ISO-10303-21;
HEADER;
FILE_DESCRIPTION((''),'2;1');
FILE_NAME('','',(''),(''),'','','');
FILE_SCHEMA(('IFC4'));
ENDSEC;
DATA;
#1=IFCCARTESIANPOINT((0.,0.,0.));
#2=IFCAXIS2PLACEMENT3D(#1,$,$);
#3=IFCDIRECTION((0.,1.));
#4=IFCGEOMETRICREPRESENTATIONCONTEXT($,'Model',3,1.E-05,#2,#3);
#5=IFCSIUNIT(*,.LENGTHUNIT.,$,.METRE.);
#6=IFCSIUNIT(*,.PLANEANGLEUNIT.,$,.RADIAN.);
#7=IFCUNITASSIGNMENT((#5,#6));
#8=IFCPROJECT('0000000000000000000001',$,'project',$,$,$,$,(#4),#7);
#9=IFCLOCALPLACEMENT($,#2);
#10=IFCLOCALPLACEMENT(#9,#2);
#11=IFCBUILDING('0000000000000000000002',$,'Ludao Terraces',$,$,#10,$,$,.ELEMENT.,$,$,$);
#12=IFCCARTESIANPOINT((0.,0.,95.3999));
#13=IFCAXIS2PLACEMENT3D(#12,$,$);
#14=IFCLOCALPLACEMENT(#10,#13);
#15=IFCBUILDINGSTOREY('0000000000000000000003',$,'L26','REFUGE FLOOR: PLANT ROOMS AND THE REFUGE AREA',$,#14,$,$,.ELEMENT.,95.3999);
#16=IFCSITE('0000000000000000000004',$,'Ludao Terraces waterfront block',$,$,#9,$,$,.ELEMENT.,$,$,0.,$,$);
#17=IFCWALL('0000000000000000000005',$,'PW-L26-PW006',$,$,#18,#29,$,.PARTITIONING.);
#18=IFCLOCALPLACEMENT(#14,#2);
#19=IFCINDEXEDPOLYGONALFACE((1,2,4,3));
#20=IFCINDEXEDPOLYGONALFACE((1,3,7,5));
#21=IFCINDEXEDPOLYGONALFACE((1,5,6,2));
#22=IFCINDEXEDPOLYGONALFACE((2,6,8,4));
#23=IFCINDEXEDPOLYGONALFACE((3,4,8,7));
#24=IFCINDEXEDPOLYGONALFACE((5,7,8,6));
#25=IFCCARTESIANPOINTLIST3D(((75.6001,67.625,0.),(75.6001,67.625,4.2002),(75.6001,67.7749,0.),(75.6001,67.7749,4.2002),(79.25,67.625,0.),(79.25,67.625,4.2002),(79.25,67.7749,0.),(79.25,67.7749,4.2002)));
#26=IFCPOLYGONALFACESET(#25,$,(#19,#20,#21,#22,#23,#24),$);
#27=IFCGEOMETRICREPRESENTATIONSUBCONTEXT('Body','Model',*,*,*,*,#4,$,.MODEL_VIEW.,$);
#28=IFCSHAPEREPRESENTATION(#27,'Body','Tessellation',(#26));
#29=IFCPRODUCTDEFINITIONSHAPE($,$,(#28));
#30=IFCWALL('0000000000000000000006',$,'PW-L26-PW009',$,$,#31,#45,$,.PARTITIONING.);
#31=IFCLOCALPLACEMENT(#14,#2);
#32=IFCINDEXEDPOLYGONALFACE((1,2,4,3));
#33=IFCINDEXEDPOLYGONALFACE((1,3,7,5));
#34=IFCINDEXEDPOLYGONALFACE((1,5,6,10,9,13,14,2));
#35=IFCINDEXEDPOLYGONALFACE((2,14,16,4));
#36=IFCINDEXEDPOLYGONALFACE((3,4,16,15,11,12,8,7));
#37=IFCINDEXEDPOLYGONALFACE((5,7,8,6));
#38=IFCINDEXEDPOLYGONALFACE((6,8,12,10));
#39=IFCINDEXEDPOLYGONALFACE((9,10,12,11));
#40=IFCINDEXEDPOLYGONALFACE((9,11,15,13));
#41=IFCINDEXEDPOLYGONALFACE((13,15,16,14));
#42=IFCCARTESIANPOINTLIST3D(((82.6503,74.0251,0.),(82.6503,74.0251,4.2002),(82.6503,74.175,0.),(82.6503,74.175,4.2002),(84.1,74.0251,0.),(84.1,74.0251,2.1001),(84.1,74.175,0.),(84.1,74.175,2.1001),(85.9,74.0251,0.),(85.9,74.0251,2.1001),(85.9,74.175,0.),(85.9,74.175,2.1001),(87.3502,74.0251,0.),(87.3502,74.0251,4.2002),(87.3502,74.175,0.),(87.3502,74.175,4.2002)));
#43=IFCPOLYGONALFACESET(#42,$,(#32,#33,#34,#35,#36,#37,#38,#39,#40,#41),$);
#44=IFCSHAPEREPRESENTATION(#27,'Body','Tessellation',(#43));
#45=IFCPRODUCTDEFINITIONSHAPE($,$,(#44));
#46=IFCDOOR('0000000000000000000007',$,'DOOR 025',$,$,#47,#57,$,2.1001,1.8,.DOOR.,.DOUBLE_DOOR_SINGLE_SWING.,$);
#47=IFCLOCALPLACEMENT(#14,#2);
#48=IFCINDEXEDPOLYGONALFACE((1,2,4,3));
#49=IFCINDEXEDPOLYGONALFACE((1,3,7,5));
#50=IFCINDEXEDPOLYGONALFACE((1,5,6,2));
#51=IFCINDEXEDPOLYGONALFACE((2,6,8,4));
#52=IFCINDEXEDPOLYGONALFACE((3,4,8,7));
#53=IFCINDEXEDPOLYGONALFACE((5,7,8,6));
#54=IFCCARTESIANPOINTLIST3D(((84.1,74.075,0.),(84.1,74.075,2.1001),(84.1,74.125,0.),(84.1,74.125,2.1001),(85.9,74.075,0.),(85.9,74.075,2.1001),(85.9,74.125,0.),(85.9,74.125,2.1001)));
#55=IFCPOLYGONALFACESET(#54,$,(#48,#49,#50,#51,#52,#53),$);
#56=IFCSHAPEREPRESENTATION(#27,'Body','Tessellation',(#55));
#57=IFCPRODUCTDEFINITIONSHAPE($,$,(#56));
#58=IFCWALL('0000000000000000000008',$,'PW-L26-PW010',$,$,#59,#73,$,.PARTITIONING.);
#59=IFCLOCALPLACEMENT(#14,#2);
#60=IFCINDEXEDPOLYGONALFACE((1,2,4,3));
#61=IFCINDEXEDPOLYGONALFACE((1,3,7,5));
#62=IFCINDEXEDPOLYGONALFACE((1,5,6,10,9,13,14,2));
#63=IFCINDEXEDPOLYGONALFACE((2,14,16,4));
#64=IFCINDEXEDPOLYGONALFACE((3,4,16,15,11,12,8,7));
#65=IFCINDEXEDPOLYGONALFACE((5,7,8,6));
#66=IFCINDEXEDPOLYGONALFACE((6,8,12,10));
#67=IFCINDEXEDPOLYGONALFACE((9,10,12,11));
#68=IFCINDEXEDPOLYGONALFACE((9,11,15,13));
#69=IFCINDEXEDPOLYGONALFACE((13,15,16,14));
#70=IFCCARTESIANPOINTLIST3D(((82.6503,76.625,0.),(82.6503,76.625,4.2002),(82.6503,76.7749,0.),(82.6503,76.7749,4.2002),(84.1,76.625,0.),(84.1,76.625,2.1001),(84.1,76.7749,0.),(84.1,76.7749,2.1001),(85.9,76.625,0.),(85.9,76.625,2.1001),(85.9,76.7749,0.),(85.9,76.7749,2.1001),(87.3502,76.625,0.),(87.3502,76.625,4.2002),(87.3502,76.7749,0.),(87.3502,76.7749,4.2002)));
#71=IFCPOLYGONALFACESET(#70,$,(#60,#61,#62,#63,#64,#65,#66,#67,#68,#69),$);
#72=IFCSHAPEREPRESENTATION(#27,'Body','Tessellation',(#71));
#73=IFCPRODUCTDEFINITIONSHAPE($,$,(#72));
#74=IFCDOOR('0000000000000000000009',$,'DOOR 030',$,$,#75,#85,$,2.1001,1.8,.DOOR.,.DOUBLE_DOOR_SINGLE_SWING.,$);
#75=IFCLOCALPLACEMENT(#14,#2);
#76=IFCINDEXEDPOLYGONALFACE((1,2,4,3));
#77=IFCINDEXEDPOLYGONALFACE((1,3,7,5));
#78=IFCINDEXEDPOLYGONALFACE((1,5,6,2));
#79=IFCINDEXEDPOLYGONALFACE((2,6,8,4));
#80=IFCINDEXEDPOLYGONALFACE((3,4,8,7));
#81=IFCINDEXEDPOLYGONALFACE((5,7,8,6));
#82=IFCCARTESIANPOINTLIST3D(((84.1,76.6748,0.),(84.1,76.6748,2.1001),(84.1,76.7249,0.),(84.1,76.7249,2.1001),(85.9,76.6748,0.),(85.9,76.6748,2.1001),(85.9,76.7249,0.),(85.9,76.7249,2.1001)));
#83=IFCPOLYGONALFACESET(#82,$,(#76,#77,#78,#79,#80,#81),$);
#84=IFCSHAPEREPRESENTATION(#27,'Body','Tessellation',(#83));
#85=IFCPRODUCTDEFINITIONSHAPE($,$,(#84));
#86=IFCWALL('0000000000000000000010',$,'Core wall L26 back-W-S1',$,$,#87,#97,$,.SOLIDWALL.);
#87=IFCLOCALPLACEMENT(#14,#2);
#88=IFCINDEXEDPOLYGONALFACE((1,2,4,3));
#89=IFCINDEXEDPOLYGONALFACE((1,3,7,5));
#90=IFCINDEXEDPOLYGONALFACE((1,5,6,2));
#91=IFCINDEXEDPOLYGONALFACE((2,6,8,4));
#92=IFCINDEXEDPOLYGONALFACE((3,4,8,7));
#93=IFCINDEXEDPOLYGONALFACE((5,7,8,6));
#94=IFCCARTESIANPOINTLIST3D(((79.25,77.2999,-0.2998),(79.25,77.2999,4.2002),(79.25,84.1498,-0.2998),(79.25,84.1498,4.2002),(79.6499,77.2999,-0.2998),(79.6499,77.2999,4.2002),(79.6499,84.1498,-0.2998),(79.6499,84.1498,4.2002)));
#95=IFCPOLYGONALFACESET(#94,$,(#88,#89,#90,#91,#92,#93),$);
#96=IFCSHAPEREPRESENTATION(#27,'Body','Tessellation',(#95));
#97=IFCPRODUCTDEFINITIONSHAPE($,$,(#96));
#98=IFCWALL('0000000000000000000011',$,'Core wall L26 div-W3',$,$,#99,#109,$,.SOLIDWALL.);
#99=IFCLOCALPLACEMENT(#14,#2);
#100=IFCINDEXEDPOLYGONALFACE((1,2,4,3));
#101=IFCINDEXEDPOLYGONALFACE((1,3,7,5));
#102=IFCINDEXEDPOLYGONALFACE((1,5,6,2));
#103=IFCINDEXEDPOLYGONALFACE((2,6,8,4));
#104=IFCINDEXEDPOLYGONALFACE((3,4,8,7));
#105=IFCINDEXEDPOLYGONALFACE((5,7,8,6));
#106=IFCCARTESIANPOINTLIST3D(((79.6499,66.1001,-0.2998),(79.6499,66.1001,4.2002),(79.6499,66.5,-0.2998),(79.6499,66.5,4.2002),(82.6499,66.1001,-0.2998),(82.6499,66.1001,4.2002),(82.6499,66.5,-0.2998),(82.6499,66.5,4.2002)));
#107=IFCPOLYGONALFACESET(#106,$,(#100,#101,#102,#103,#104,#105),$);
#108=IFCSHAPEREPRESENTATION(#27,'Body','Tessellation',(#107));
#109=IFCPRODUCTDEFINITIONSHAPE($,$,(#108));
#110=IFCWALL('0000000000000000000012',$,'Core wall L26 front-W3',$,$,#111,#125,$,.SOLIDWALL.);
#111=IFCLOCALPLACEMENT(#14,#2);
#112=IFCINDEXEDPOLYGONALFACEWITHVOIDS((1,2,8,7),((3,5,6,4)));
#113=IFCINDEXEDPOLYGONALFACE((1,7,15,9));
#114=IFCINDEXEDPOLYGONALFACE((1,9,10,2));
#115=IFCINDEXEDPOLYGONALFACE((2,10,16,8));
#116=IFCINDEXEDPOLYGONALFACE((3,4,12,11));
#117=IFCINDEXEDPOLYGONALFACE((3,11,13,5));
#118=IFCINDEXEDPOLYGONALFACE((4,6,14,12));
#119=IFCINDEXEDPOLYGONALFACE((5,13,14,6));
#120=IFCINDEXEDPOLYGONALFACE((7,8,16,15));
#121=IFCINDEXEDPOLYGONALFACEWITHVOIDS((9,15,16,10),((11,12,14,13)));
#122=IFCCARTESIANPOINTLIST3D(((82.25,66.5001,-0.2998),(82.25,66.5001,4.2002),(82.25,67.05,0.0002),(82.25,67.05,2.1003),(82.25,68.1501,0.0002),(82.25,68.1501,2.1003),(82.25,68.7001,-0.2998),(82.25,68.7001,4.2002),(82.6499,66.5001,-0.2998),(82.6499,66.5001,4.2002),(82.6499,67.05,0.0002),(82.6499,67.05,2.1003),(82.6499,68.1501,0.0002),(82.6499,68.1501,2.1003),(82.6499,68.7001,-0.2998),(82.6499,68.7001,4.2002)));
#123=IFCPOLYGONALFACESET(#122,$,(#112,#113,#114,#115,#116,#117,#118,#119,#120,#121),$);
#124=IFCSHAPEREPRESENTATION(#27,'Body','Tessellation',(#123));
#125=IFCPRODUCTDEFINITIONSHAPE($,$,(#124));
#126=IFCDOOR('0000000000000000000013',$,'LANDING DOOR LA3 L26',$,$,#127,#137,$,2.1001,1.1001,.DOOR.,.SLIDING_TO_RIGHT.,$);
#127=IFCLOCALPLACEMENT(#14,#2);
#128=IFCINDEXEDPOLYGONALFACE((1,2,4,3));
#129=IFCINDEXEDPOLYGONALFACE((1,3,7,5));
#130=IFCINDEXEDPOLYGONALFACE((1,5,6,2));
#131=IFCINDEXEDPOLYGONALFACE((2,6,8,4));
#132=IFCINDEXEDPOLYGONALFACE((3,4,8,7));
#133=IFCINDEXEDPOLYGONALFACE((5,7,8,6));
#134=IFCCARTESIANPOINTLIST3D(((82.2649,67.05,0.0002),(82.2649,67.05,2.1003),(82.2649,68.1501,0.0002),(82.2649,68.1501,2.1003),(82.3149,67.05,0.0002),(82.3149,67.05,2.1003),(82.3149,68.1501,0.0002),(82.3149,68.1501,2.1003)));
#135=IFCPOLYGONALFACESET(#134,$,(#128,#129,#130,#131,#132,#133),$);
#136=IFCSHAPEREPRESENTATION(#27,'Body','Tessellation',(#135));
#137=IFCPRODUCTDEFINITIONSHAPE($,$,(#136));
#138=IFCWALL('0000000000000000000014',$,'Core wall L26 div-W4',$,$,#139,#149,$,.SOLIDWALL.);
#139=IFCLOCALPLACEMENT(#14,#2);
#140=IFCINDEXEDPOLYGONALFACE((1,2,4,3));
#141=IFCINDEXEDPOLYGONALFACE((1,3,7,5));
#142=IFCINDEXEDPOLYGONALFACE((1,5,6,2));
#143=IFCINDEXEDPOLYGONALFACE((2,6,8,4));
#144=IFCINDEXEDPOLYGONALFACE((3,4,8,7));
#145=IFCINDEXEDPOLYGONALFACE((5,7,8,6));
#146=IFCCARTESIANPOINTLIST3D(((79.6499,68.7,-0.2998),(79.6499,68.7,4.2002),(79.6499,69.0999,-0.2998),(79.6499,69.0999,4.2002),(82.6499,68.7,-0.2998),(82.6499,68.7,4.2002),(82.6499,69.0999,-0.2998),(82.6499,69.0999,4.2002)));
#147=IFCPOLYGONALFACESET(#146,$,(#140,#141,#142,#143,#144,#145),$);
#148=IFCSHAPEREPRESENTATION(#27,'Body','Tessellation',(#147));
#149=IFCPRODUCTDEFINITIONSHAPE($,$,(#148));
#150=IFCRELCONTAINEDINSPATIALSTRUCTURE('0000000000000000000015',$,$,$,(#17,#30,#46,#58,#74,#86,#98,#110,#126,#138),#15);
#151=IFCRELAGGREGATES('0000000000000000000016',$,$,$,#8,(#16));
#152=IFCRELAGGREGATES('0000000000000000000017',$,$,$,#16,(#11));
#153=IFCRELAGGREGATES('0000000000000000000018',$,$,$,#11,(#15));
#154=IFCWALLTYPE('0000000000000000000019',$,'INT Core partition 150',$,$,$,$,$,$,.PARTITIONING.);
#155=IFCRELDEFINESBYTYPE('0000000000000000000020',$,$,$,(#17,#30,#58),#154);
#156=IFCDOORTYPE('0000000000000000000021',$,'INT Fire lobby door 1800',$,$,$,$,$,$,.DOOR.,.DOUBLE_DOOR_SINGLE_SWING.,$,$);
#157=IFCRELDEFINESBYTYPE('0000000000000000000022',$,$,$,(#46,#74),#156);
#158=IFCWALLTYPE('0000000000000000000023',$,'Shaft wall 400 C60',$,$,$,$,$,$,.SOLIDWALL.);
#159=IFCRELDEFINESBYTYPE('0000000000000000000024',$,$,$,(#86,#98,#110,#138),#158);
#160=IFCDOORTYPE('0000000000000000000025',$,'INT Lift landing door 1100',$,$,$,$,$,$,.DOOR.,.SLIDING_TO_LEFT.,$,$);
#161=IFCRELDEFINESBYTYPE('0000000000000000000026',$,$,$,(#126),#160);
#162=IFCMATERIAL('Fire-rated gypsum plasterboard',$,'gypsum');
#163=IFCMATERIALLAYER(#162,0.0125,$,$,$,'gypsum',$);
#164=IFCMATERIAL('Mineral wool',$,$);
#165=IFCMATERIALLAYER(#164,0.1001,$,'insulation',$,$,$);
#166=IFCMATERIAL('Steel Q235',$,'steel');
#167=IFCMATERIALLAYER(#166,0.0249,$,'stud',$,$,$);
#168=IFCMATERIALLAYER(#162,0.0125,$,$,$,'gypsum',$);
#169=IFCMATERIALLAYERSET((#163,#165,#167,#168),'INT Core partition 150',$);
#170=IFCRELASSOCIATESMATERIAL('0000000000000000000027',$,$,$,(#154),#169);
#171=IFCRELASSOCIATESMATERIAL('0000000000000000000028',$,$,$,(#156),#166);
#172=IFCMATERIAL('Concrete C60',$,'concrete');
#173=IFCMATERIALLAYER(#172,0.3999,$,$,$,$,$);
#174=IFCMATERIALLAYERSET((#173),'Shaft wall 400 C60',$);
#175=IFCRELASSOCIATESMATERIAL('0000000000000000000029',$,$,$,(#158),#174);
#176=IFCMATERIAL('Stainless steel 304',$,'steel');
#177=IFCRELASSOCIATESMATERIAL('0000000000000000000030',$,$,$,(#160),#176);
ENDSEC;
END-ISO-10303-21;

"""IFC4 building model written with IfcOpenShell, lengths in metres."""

from ifc_helpers import new_model, si_unit, direction, frame, frame_2d, origin, place, context, subcontext, project, spatial, rectangle, extrude, material, layer, layer_set, type_object, element, fill, save


model = new_model("IFC4")

# Units and contexts
model_context = context("Model", 3, precision=1e-05, world=origin(), true_north=direction((0.0, 1.0)))
body_context = subcontext(model_context, "Body", "Model", "MODEL_VIEW")
ifc_project = project(units=[si_unit("LENGTHUNIT", "METRE"), si_unit("PLANEANGLEUNIT", "RADIAN")], contexts=[model_context])

# Site, building, storey
site_placement = place(None, origin())
site = spatial("IfcSite", under=ifc_project, at=site_placement, Name="Ludao Terraces waterfront block", CompositionType="ELEMENT", RefElevation=0.0)
building_placement = place(site_placement, origin())
building = spatial("IfcBuilding", under=site, at=building_placement, Name="Ludao Terraces", CompositionType="ELEMENT")
storey_placement = place(building_placement, frame((0.0, 0.0, 95.3999)))
storey = spatial("IfcBuildingStorey", under=building, at=storey_placement, Name="L26", Description="REFUGE FLOOR: PLANT ROOMS AND THE REFUGE AREA", CompositionType="ELEMENT", Elevation=95.3999)

# Wall
ifc_material_1 = material(Name="Fire-rated gypsum plasterboard", Category="gypsum")
ifc_layer_1 = layer(ifc_material_1, 0.0125, Category="gypsum")
ifc_material_2 = material(Name="Mineral wool")
ifc_layer_2 = layer(ifc_material_2, 0.1001, Name="insulation")
ifc_material_3 = material(Name="Steel Q235", Category="steel")
ifc_layer_3 = layer(ifc_material_3, 0.0249, Name="stud")
ifc_layer_4 = layer(ifc_material_1, 0.0125, Category="gypsum")
ifc_layer_set_1 = layer_set([ifc_layer_1, ifc_layer_2, ifc_layer_3, ifc_layer_4], Name="INT Core partition 150")
wall_type_1 = type_object("IfcWallType", Name="INT Core partition 150", PredefinedType="PARTITIONING", material=ifc_layer_set_1)
wall_1_placement = place(storey_placement, frame((75.6001, 67.7, 0.0), z_axis=(0.0, 0.0, 1.0), x_axis=(1.0, 0.0, 0.0)))
element("IfcWall", 1, at=wall_1_placement, inside=storey, type_object=wall_type_1, Name="PW-L26-PW006", PredefinedType="PARTITIONING", context=body_context, shape_type="SweptSolid", body=[
    extrude(rectangle(XDim=3.6499, YDim=0.1499, at=frame_2d((1.825, 0.0))), origin(), (0.0, 0.0, 1.0), 4.2002),
])

# Walls, openings, doors
wall_2_placement = place(storey_placement, frame((82.6501, 74.1001, 0.0), z_axis=(0.0, 0.0, 1.0), x_axis=(1.0, 0.0, 0.0)))
wall_2 = element("IfcWall", 2, at=wall_2_placement, inside=storey, type_object=wall_type_1, Name="PW-L26-PW009", PredefinedType="PARTITIONING", context=body_context, shape_type="SweptSolid", body=[
    extrude(rectangle(XDim=4.7, YDim=0.1499, at=frame_2d((2.3501, 0.0))), origin(), (0.0, 0.0, 1.0), 4.2002),
])
opening_1_placement = place(wall_2_placement, frame((1.45, 0.0, 0.0)))
opening_1 = element("IfcOpeningElement", 3, at=opening_1_placement, cuts=wall_2, PredefinedType="OPENING", context=body_context, shape_type="SweptSolid", body=[
    extrude(rectangle(XDim=1.8, YDim=2.1001, at=frame_2d((0.8999, 1.05))), frame((0.0, 0.085, 0.0), z_axis=(0.0, -1.0, 0.0), x_axis=(1.0, 0.0, 0.0)), (0.0, 0.0, 1.0), 0.1699),
])
door_type_1 = type_object("IfcDoorType", Name="INT Fire lobby door 1800", OperationType="DOUBLE_DOOR_SINGLE_SWING", PredefinedType="DOOR", material=ifc_material_3)
door_1_placement = place(opening_1_placement, origin())
door_1 = element("IfcDoor", 4, at=door_1_placement, inside=storey, type_object=door_type_1, Name="DOOR 025", OperationType="DOUBLE_DOOR_SINGLE_SWING", OverallHeight=2.1001, OverallWidth=1.8, PredefinedType="DOOR", context=body_context, shape_type="SweptSolid", body=[
    extrude(rectangle(XDim=1.8, YDim=2.1001, at=frame_2d((0.8999, 1.05))), frame((0.0, 0.0249, 0.0), z_axis=(0.0, -1.0, 0.0), x_axis=(1.0, 0.0, 0.0)), (0.0, 0.0, 1.0), 0.05),
])
fill(opening_1, door_1)
wall_3_placement = place(storey_placement, frame((82.6501, 76.7, 0.0), z_axis=(0.0, 0.0, 1.0), x_axis=(1.0, 0.0, 0.0)))
wall_3 = element("IfcWall", 5, at=wall_3_placement, inside=storey, type_object=wall_type_1, Name="PW-L26-PW010", PredefinedType="PARTITIONING", context=body_context, shape_type="SweptSolid", body=[
    extrude(rectangle(XDim=4.7, YDim=0.1499, at=frame_2d((2.3501, 0.0))), origin(), (0.0, 0.0, 1.0), 4.2002),
])
opening_2_placement = place(wall_3_placement, frame((1.45, 0.0, 0.0)))
opening_2 = element("IfcOpeningElement", 6, at=opening_2_placement, cuts=wall_3, PredefinedType="OPENING", context=body_context, shape_type="SweptSolid", body=[
    extrude(rectangle(XDim=1.8, YDim=2.1001, at=frame_2d((0.8999, 1.05))), frame((0.0, 0.085, 0.0), z_axis=(0.0, -1.0, 0.0), x_axis=(1.0, 0.0, 0.0)), (0.0, 0.0, 1.0), 0.1699),
])
door_2_placement = place(opening_2_placement, origin())
door_2 = element("IfcDoor", 7, at=door_2_placement, inside=storey, type_object=door_type_1, Name="DOOR 030", OperationType="DOUBLE_DOOR_SINGLE_SWING", OverallHeight=2.1001, OverallWidth=1.8, PredefinedType="DOOR", context=body_context, shape_type="SweptSolid", body=[
    extrude(rectangle(XDim=1.8, YDim=2.1001, at=frame_2d((0.8999, 1.05))), frame((0.0, 0.0249, 0.0), z_axis=(0.0, -1.0, 0.0), x_axis=(1.0, 0.0, 0.0)), (0.0, 0.0, 1.0), 0.05),
])
fill(opening_2, door_2)

# Walls
ifc_material_4 = material(Name="Concrete C60", Category="concrete")
ifc_layer_5 = layer(ifc_material_4, 0.3999)
ifc_layer_set_2 = layer_set([ifc_layer_5], Name="Shaft wall 400 C60")
wall_type_2 = type_object("IfcWallType", Name="Shaft wall 400 C60", PredefinedType="SOLIDWALL", material=ifc_layer_set_2)
wall_4_placement = place(storey_placement, frame((79.45, 77.3, -0.2998), z_axis=(0.0, 0.0, 1.0), x_axis=(0.0, 1.0, 0.0)))
element("IfcWall", 8, at=wall_4_placement, inside=storey, type_object=wall_type_2, Name="Core wall L26 back-W-S1", PredefinedType="SOLIDWALL", context=body_context, shape_type="SweptSolid", body=[
    extrude(rectangle(XDim=6.8499, YDim=0.3999, at=frame_2d((3.4248, 0.0))), origin(), (0.0, 0.0, 1.0), 4.5),
])
wall_5_placement = place(storey_placement, frame((79.6499, 66.3, -0.2998), z_axis=(0.0, 0.0, 1.0), x_axis=(1.0, 0.0, 0.0)))
element("IfcWall", 9, at=wall_5_placement, inside=storey, type_object=wall_type_2, Name="Core wall L26 div-W3", PredefinedType="SOLIDWALL", context=body_context, shape_type="SweptSolid", body=[
    extrude(rectangle(XDim=3.0, YDim=0.3999, at=frame_2d((1.5, 0.0))), origin(), (0.0, 0.0, 1.0), 4.5),
])

# Wall, opening, door
wall_6_placement = place(storey_placement, frame((82.45, 66.5, -0.2998), z_axis=(0.0, 0.0, 1.0), x_axis=(0.0, 1.0, 0.0)))
wall_6 = element("IfcWall", 10, at=wall_6_placement, inside=storey, type_object=wall_type_2, Name="Core wall L26 front-W3", PredefinedType="SOLIDWALL", context=body_context, shape_type="SweptSolid", body=[
    extrude(rectangle(XDim=2.2, YDim=0.3999, at=frame_2d((1.1001, 0.0))), origin(), (0.0, 0.0, 1.0), 4.5),
])
opening_3_placement = place(wall_6_placement, frame((0.55, 0.0, 0.3)))
opening_3 = element("IfcOpeningElement", 11, at=opening_3_placement, cuts=wall_6, PredefinedType="OPENING", context=body_context, shape_type="SweptSolid", body=[
    extrude(rectangle(XDim=1.1001, YDim=2.1001, at=frame_2d((0.55, 1.05))), frame((0.0, 0.21, 0.0), z_axis=(0.0, -1.0, 0.0), x_axis=(1.0, 0.0, 0.0)), (0.0, 0.0, 1.0), 0.4199),
])
ifc_material_5 = material(Name="Stainless steel 304", Category="steel")
door_type_2 = type_object("IfcDoorType", Name="INT Lift landing door 1100", OperationType="SLIDING_TO_LEFT", PredefinedType="DOOR", material=ifc_material_5)
door_3_placement = place(opening_3_placement, origin())
door_3 = element("IfcDoor", 12, at=door_3_placement, inside=storey, type_object=door_type_2, Name="LANDING DOOR LA3 L26", OperationType="SLIDING_TO_RIGHT", OverallHeight=2.1001, OverallWidth=1.1001, PredefinedType="DOOR", context=body_context, shape_type="SweptSolid", body=[
    extrude(rectangle(XDim=1.1001, YDim=2.1001, at=frame_2d((0.55, 1.05))), frame((0.0, 0.1851, 0.0), z_axis=(0.0, -1.0, 0.0), x_axis=(1.0, 0.0, 0.0)), (0.0, 0.0, 1.0), 0.05),
])
fill(opening_3, door_3)

# Wall
wall_7_placement = place(storey_placement, frame((79.6499, 68.8999, -0.2998), z_axis=(0.0, 0.0, 1.0), x_axis=(1.0, 0.0, 0.0)))
element("IfcWall", 13, at=wall_7_placement, inside=storey, type_object=wall_type_2, Name="Core wall L26 div-W4", PredefinedType="SOLIDWALL", context=body_context, shape_type="SweptSolid", body=[
    extrude(rectangle(XDim=3.0, YDim=0.3999, at=frame_2d((1.5, 0.0))), origin(), (0.0, 0.0, 1.0), 4.5),
])

save(model, "model.ifc")
